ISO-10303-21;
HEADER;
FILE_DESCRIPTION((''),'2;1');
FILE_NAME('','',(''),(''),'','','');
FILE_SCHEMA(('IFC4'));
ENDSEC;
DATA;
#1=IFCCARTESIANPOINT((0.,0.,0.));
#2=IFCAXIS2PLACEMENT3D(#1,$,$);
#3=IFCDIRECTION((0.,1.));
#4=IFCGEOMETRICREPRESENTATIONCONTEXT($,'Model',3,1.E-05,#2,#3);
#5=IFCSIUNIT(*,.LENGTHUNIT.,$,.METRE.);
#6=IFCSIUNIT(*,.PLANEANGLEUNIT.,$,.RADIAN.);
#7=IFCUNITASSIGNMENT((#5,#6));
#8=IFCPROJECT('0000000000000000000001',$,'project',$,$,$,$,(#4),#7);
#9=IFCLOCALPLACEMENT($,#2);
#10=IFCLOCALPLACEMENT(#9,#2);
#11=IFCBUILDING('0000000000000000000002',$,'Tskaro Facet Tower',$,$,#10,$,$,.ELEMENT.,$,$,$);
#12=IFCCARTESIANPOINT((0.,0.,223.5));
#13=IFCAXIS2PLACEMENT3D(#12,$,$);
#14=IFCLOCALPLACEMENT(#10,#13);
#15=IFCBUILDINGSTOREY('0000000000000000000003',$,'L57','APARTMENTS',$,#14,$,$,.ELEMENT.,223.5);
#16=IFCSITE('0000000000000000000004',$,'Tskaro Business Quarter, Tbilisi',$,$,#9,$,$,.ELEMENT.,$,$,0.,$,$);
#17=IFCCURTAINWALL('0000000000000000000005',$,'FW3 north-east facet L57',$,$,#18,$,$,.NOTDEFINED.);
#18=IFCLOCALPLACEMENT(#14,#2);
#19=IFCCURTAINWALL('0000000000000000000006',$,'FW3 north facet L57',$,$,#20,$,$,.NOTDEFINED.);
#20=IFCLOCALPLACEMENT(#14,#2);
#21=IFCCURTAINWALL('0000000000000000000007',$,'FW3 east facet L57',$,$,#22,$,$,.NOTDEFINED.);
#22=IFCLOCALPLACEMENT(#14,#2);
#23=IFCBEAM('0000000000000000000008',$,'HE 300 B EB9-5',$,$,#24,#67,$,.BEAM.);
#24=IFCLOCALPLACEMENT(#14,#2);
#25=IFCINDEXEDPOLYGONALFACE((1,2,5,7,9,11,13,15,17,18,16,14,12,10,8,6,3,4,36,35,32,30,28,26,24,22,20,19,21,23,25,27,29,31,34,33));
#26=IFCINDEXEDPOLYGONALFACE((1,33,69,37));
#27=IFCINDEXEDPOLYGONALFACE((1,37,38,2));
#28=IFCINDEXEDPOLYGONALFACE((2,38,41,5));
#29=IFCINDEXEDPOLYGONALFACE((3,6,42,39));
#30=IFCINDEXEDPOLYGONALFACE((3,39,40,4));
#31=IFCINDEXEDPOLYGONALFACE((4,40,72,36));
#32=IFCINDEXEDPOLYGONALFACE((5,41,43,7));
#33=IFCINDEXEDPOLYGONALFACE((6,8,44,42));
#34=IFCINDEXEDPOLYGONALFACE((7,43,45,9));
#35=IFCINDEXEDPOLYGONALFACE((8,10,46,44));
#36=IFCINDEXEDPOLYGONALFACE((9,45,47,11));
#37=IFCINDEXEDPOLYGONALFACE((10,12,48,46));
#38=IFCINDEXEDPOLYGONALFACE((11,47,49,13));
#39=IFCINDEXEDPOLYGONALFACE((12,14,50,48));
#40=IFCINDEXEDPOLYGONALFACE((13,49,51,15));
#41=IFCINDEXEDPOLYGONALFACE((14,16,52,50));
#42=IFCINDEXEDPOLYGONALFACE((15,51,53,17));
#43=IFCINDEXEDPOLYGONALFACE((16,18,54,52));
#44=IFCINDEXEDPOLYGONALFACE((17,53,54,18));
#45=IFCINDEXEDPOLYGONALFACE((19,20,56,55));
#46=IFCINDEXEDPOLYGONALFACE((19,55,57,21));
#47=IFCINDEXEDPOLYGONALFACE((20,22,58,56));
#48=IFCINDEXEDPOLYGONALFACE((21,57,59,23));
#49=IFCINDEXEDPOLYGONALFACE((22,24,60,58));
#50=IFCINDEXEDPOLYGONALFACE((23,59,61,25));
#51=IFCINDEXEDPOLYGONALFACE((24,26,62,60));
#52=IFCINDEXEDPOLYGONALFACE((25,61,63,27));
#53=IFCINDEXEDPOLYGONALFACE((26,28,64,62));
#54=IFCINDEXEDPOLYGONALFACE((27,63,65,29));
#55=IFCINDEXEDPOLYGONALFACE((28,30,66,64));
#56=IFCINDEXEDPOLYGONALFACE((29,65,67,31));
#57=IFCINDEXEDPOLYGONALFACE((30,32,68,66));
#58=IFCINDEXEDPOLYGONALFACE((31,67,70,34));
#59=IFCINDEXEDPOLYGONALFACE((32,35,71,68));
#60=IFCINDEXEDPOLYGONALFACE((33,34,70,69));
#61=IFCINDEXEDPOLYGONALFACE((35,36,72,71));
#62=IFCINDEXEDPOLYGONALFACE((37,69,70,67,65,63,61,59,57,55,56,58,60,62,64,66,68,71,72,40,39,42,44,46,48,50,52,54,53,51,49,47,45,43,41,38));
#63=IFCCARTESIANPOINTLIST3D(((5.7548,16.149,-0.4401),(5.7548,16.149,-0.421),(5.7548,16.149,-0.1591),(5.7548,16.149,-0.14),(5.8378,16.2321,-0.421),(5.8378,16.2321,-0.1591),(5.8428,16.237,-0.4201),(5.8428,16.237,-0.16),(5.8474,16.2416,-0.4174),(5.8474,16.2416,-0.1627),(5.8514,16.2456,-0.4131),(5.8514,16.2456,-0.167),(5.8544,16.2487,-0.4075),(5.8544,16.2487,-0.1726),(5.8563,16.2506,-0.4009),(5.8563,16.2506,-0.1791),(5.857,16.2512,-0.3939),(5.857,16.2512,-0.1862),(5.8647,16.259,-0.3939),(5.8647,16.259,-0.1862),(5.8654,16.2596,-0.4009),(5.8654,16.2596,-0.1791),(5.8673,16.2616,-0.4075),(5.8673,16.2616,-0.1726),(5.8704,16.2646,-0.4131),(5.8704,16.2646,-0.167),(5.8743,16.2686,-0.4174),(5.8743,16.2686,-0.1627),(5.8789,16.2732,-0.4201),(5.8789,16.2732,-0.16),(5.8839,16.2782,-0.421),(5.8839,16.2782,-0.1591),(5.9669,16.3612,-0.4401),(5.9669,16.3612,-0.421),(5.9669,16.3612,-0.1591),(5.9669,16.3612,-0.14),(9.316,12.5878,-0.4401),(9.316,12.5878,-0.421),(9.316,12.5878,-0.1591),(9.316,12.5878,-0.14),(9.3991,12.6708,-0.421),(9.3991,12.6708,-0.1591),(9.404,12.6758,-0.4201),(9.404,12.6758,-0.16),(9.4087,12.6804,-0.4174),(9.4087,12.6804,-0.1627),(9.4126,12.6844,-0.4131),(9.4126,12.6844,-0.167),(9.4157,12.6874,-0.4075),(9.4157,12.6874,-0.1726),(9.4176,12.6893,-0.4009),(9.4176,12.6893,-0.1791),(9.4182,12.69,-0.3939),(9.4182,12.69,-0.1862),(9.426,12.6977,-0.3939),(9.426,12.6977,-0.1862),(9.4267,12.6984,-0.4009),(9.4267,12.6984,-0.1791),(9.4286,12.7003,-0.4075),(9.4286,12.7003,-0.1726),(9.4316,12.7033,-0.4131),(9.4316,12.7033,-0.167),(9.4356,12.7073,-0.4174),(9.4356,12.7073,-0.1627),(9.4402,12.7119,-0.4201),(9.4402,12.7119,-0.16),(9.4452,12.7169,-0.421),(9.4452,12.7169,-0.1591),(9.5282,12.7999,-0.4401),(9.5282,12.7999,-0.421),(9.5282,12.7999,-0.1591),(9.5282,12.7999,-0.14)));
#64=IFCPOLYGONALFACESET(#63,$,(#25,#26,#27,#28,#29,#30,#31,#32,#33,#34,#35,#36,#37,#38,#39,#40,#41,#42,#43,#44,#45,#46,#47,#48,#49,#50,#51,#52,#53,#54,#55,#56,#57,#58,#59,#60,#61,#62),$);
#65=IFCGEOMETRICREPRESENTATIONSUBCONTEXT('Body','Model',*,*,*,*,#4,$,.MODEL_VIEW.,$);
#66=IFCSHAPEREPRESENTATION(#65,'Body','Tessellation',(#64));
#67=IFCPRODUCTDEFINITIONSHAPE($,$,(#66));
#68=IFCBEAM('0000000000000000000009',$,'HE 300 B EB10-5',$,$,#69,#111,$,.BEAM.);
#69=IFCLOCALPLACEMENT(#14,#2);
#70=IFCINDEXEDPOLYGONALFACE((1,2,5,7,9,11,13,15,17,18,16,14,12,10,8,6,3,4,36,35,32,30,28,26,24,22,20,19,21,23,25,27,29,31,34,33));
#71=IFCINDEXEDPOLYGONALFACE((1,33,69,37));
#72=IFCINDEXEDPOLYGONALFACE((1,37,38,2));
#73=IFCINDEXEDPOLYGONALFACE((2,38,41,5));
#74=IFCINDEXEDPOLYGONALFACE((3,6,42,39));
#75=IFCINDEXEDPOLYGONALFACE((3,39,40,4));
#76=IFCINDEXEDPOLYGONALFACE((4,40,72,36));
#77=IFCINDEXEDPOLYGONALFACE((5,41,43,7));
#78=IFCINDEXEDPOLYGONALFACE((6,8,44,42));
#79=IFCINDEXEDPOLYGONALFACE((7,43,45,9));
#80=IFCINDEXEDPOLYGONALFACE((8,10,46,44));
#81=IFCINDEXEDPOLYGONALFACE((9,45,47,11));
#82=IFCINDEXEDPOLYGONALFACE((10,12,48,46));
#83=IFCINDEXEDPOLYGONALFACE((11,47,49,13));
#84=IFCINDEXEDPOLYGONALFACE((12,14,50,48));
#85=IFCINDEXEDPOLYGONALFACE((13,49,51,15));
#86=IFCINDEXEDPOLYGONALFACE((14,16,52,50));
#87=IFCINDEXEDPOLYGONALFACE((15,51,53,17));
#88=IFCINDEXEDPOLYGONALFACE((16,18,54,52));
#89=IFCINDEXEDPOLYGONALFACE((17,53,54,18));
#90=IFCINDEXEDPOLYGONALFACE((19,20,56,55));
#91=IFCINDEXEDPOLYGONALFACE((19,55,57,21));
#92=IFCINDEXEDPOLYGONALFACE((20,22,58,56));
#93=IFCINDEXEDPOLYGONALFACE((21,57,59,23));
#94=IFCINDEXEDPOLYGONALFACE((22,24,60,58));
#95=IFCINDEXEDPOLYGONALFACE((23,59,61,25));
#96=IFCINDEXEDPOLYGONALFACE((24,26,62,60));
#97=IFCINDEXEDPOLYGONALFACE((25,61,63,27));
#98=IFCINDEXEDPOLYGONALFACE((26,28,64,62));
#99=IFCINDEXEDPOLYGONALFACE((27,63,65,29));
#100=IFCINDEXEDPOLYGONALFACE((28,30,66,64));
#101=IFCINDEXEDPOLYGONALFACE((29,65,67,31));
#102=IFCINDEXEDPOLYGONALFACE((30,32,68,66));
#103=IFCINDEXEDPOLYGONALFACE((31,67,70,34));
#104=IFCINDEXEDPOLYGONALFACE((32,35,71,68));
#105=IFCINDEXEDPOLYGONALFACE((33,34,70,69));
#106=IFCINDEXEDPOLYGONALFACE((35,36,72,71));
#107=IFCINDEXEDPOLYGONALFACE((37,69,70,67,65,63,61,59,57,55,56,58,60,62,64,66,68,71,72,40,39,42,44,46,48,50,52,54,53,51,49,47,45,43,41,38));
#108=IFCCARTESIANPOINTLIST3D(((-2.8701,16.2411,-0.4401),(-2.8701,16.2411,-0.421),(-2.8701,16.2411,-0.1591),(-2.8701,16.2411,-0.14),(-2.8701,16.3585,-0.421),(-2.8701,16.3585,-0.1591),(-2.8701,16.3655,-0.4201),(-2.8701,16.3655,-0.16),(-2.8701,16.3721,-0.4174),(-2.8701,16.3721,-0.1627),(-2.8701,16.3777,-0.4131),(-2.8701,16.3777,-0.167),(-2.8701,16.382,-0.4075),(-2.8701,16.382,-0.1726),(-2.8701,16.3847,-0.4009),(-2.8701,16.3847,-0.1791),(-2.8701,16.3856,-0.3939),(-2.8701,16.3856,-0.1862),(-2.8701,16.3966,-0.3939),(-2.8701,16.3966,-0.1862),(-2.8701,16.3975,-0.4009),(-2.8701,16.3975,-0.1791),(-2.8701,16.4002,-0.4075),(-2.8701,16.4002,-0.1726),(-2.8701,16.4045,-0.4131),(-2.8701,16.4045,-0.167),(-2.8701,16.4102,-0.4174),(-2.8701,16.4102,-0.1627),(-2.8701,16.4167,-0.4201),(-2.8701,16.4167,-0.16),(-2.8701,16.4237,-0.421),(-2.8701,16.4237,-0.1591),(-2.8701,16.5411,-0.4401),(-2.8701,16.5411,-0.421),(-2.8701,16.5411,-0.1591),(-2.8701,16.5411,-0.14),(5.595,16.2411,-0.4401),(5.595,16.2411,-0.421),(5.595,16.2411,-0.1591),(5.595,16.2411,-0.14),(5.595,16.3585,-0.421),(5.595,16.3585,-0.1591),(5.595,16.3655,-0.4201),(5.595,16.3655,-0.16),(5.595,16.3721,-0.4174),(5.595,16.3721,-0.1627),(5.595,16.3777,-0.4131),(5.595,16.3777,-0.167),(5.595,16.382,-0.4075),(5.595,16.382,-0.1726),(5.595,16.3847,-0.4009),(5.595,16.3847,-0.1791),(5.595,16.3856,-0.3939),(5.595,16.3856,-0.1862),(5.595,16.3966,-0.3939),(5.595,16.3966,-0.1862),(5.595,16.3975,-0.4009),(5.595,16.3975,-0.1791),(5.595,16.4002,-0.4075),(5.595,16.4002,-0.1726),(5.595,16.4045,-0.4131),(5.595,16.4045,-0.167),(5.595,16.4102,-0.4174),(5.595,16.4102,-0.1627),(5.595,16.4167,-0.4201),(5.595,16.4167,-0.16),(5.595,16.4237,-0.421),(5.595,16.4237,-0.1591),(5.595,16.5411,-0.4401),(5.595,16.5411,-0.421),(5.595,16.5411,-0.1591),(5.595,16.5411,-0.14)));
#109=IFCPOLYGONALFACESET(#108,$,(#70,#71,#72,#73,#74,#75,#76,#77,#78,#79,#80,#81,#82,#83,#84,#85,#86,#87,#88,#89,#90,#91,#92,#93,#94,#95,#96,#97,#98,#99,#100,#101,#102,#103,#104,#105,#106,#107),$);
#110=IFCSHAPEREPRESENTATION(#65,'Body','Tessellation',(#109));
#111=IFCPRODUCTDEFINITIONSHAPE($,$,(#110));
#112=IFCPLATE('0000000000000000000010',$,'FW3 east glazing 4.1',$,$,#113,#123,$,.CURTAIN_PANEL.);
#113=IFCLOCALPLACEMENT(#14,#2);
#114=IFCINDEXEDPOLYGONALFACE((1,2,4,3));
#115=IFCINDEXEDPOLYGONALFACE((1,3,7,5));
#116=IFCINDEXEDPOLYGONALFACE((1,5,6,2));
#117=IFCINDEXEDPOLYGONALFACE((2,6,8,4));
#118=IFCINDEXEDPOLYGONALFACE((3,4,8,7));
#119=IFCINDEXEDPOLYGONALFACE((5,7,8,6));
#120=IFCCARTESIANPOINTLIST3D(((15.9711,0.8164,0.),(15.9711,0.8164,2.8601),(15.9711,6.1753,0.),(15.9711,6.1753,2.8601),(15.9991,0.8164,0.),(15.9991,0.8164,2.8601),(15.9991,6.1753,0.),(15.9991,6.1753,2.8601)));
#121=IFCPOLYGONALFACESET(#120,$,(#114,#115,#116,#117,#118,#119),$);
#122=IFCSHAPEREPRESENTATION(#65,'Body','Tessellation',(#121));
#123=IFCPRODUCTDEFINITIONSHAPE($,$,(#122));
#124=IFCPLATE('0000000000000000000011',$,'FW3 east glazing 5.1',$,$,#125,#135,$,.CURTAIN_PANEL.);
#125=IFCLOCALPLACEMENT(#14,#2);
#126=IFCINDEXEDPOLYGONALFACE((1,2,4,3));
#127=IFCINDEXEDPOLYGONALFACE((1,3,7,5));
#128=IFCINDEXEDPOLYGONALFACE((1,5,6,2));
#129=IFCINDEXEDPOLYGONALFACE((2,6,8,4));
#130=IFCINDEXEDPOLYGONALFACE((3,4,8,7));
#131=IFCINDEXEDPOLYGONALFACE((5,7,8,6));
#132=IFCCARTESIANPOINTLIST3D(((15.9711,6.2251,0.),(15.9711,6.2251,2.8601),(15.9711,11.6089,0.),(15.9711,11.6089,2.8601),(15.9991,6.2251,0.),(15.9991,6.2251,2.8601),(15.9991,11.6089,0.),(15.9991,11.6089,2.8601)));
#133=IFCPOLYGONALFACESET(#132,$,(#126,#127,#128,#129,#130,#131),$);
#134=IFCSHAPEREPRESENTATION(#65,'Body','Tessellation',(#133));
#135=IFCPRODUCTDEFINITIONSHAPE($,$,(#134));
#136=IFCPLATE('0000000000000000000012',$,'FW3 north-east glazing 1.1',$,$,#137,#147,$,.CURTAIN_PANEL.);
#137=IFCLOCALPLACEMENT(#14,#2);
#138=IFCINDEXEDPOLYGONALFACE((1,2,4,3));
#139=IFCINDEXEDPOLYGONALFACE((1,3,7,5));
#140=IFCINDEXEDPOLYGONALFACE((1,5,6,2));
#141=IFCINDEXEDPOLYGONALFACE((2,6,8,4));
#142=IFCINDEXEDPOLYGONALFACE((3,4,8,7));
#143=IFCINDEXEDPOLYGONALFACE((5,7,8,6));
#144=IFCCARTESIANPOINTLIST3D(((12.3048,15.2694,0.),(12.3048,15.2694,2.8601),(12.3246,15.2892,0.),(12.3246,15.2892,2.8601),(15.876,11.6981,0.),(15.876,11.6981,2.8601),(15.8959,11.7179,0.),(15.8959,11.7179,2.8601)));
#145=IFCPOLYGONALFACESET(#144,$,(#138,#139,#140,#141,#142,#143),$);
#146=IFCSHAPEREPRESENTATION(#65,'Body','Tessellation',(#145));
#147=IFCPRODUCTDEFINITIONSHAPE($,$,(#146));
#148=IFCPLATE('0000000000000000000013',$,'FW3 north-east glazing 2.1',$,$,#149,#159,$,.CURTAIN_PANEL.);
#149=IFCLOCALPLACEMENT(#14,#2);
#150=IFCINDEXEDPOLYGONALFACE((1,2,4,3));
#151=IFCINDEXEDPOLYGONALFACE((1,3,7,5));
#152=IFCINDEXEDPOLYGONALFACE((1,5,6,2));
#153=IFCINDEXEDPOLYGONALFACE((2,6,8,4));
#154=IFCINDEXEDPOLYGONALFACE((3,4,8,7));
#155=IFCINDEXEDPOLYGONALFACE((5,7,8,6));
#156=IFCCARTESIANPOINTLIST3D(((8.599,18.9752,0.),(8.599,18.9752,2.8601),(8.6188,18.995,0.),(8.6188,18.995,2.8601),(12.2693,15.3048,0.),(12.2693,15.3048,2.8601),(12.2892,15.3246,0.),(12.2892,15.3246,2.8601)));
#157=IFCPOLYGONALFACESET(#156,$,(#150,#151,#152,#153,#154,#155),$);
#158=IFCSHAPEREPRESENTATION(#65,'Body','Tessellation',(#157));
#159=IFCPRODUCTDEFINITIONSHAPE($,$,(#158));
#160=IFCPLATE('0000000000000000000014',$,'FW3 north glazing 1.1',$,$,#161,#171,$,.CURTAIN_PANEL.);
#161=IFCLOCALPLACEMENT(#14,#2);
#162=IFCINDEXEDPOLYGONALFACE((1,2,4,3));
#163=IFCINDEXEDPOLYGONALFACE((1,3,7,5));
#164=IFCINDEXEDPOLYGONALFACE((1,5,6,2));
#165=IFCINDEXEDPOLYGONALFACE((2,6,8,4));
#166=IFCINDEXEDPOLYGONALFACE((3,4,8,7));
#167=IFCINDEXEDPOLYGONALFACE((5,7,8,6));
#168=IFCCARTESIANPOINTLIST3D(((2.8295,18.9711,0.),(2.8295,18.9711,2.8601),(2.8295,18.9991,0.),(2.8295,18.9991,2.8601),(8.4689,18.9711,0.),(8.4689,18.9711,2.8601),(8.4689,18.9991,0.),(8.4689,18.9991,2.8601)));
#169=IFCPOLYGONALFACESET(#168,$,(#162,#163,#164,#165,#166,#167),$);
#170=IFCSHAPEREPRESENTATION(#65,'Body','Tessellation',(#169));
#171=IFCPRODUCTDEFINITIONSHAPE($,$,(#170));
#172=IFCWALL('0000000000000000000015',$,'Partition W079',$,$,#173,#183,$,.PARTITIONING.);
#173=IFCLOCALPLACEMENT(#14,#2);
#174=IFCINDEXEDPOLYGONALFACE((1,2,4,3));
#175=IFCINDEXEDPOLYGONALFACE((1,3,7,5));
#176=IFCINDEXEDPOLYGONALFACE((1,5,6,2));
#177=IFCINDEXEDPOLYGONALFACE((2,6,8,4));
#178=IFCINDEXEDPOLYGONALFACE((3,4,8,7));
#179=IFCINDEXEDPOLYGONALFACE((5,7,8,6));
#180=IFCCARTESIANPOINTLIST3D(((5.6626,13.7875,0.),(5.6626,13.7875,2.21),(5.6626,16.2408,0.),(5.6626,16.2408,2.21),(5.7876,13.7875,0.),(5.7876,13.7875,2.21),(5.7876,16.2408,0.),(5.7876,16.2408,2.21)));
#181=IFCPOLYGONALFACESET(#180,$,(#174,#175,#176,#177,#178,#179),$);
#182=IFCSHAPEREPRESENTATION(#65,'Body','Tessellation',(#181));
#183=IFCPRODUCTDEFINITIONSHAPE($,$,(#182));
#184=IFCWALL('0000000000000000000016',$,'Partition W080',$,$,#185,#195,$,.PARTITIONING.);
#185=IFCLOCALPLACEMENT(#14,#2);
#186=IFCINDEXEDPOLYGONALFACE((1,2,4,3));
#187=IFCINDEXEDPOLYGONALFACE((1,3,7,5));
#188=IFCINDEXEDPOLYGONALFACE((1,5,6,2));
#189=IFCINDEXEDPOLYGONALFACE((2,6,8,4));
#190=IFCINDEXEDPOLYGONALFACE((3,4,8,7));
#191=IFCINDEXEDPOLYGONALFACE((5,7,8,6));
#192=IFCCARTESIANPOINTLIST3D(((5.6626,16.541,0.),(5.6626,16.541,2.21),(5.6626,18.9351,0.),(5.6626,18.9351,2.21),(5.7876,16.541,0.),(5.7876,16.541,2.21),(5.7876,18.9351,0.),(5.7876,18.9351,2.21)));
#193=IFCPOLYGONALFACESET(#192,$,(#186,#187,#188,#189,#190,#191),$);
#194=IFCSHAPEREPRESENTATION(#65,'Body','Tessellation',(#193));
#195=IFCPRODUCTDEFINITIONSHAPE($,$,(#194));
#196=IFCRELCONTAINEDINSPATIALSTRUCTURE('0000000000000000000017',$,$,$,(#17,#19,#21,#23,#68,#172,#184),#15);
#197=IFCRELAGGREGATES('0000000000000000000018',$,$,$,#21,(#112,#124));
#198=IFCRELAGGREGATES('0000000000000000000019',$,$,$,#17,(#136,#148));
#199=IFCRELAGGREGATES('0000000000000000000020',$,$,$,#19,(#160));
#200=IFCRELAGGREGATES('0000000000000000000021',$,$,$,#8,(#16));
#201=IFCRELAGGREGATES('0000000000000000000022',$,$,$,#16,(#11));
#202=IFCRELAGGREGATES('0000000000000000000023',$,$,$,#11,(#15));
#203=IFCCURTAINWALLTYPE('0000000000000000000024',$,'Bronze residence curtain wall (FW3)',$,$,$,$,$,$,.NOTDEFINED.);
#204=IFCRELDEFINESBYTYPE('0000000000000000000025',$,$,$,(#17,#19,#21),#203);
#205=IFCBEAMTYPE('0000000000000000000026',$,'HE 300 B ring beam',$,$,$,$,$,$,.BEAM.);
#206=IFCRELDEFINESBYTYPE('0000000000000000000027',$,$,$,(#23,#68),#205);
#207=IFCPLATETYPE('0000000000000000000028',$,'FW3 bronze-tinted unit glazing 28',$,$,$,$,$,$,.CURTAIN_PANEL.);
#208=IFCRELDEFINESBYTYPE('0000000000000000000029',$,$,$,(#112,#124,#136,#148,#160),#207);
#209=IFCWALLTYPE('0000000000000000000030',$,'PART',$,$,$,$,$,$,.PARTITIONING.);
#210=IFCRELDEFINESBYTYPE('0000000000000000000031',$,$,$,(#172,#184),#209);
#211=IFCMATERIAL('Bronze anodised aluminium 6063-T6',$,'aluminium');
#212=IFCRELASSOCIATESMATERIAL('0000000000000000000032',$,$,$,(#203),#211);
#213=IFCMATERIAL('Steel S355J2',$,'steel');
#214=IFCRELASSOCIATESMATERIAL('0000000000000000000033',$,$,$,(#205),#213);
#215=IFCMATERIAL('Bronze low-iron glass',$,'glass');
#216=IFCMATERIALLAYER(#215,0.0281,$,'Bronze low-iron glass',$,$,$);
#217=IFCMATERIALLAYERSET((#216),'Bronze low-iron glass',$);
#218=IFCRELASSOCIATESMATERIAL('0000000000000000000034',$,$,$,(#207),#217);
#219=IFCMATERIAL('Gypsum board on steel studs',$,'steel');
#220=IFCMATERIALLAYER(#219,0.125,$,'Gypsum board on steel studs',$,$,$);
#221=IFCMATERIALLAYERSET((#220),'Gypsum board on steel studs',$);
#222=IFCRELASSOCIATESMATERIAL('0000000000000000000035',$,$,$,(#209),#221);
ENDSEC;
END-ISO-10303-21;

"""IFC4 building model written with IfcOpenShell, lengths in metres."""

from ifc_helpers import new_model, si_unit, direction, frame, frame_2d, origin, origin_2d, place, context, subcontext, project, spatial, rectangle, i_section, extrude, material, layer, layer_set, material_profile, profile_set, type_object, element, aggregate, save


model = new_model("IFC4")

# Units and contexts
model_context = context("Model", 3, precision=1e-05, world=origin(), true_north=direction((0.0, 1.0)))
body_context = subcontext(model_context, "Body", "Model", "MODEL_VIEW")
ifc_project = project(units=[si_unit("LENGTHUNIT", "METRE"), si_unit("PLANEANGLEUNIT", "RADIAN")], contexts=[model_context])

# Site, building, storey
site_placement = place(None, origin())
site = spatial("IfcSite", under=ifc_project, at=site_placement, Name="Tskaro Business Quarter, Tbilisi", CompositionType="ELEMENT", RefElevation=0.0)
building_placement = place(site_placement, origin())
building = spatial("IfcBuilding", under=site, at=building_placement, Name="Tskaro Facet Tower", CompositionType="ELEMENT")
storey_placement = place(building_placement, frame((0.0, 0.0, 223.5)))
storey = spatial("IfcBuildingStorey", under=building, at=storey_placement, Name="L57", Description="APARTMENTS", CompositionType="ELEMENT", Elevation=223.5)

# Shared definitions
ifc_material_1 = material(Name="Steel S355J2", Category="steel")

# Curtain walls
ifc_material_2 = material(Name="Bronze anodised aluminium 6063-T6", Category="aluminium")
curtain_wall_type = type_object("IfcCurtainWallType", Name="Bronze residence curtain wall (FW3)", PredefinedType="NOTDEFINED", material=ifc_material_2)
curtain_wall_1_placement = place(storey_placement, origin())
curtain_wall_1 = element("IfcCurtainWall", 1, at=curtain_wall_1_placement, inside=storey, type_object=curtain_wall_type, Name="FW3 north-east facet L57", PredefinedType="NOTDEFINED")
curtain_wall_2_placement = place(storey_placement, origin())
curtain_wall_2 = element("IfcCurtainWall", 2, at=curtain_wall_2_placement, inside=storey, type_object=curtain_wall_type, Name="FW3 north facet L57", PredefinedType="NOTDEFINED")

# Curtain wall
curtain_wall_3_placement = place(storey_placement, origin())
curtain_wall_3 = element("IfcCurtainWall", 3, at=curtain_wall_3_placement, inside=storey, type_object=curtain_wall_type, Name="FW3 east facet L57", PredefinedType="NOTDEFINED")

# Beams
ifc_material_profile_1 = material_profile(ifc_material_1, i_section(OverallWidth=0.3, OverallDepth=0.3, WebThickness=0.011, FlangeThickness=0.019, FilletRadius=0.0271, at=origin_2d()), Name="HE 300 B")
ifc_profile_set_1 = profile_set([ifc_material_profile_1], Name="Steel S355J2")
beam_type = type_object("IfcBeamType", Name="HE 300 B ring beam", PredefinedType="BEAM", material=ifc_profile_set_1)
for number, where, z_axis, x_axis, name in (
    (4, (9.4221, 12.6938, -0.29), (-0.707107, 0.707107, 0.0), (-0.707107, -0.707107, 0.0), "HE 300 B EB9-5"),
):
    element("IfcBeam", number, at=place(storey_placement, frame(where, z_axis=z_axis, x_axis=x_axis)), inside=storey, type_object=beam_type, Name=name, PredefinedType="BEAM", context=body_context, shape_type="SweptSolid", body=[
        extrude(i_section(OverallWidth=0.3, OverallDepth=0.3, WebThickness=0.011, FlangeThickness=0.019, FilletRadius=0.0271, at=origin_2d()), origin(), (0.0, 0.0, 1.0), 5.0364),
    ])
beam_1_placement = place(storey_placement, frame((5.595, 16.3911, -0.29), z_axis=(-1.0, 0.0, 0.0), x_axis=(0.0, -1.0, 0.0)))
element("IfcBeam", 5, at=beam_1_placement, inside=storey, type_object=beam_type, Name="HE 300 B EB10-5", PredefinedType="BEAM", context=body_context, shape_type="SweptSolid", body=[
    extrude(i_section(OverallWidth=0.3, OverallDepth=0.3, WebThickness=0.011, FlangeThickness=0.019, FilletRadius=0.0271, at=origin_2d()), origin(), (0.0, 0.0, 1.0), 8.4651),
])

# Plates
ifc_material_3 = material(Name="Bronze low-iron glass", Category="glass")
ifc_layer_1 = layer(ifc_material_3, 0.0281, Name="Bronze low-iron glass")
ifc_layer_set_1 = layer_set([ifc_layer_1], Name="Bronze low-iron glass")
plate_type = type_object("IfcPlateType", Name="FW3 bronze-tinted unit glazing 28", PredefinedType="CURTAIN_PANEL", material=ifc_layer_set_1)
plate_1_placement = place(storey_placement, frame((15.9851, 3.4958, 0.0), z_axis=(0.0, 0.0, 1.0), x_axis=(0.0, 1.0, 0.0)))
plate_1 = element("IfcPlate", 6, at=plate_1_placement, type_object=plate_type, Name="FW3 east glazing 4.1", PredefinedType="CURTAIN_PANEL", context=body_context, shape_type="SweptSolid", body=[
    extrude(rectangle(XDim=5.3589, YDim=0.0281, at=origin_2d()), origin(), (0.0, 0.0, 1.0), 2.8601),
])
plate_2_placement = place(storey_placement, frame((15.9851, 8.917, 0.0), z_axis=(0.0, 0.0, 1.0), x_axis=(0.0, 1.0, 0.0)))
plate_2 = element("IfcPlate", 7, at=plate_2_placement, type_object=plate_type, Name="FW3 east glazing 5.1", PredefinedType="CURTAIN_PANEL", context=body_context, shape_type="SweptSolid", body=[
    extrude(rectangle(XDim=5.3838, YDim=0.0281, at=origin_2d()), origin(), (0.0, 0.0, 1.0), 2.8601),
])
aggregate(curtain_wall_3, [plate_1, plate_2])
plate_3_placement = place(storey_placement, frame((14.1003, 13.4937, 0.0), z_axis=(0.0, 0.0, 1.0), x_axis=(-0.707107, 0.707107, 0.0)))
plate_3 = element("IfcPlate", 8, at=plate_3_placement, type_object=plate_type, Name="FW3 north-east glazing 1.1", PredefinedType="CURTAIN_PANEL", context=body_context, shape_type="SweptSolid", body=[
    extrude(rectangle(XDim=5.0505, YDim=0.0281, at=origin_2d()), origin(), (0.0, 0.0, 1.0), 2.8601),
])
plate_4_placement = place(storey_placement, frame((10.4441, 17.1499, 0.0), z_axis=(0.0, 0.0, 1.0), x_axis=(-0.707107, 0.707107, 0.0)))
plate_4 = element("IfcPlate", 9, at=plate_4_placement, type_object=plate_type, Name="FW3 north-east glazing 2.1", PredefinedType="CURTAIN_PANEL", context=body_context, shape_type="SweptSolid", body=[
    extrude(rectangle(XDim=5.1907, YDim=0.0281, at=origin_2d()), origin(), (0.0, 0.0, 1.0), 2.8601),
])
aggregate(curtain_wall_1, [plate_3, plate_4])
plate_5_placement = place(storey_placement, frame((5.6492, 18.9851, 0.0), z_axis=(0.0, 0.0, 1.0), x_axis=(-1.0, 0.0, 0.0)))
plate_5 = element("IfcPlate", 10, at=plate_5_placement, type_object=plate_type, Name="FW3 north glazing 1.1", PredefinedType="CURTAIN_PANEL", context=body_context, shape_type="SweptSolid", body=[
    extrude(rectangle(XDim=5.6394, YDim=0.0281, at=origin_2d()), origin(), (0.0, 0.0, 1.0), 2.8601),
])
aggregate(curtain_wall_2, [plate_5])

# Walls
ifc_material_4 = material(Name="Gypsum board on steel studs", Category="steel")
ifc_layer_2 = layer(ifc_material_4, 0.125, Name="Gypsum board on steel studs")
ifc_layer_set_2 = layer_set([ifc_layer_2], Name="Gypsum board on steel studs")
wall_type_1 = type_object("IfcWallType", Name="PART", PredefinedType="PARTITIONING", material=ifc_layer_set_2)
wall_1_placement = place(storey_placement, frame((5.7251, 13.7876, 0.0), z_axis=(0.0, 0.0, 1.0), x_axis=(0.0, 1.0, 0.0)))
element("IfcWall", 11, at=wall_1_placement, inside=storey, type_object=wall_type_1, Name="Partition W079", PredefinedType="PARTITIONING", context=body_context, shape_type="SweptSolid", body=[
    extrude(rectangle(XDim=2.4534, YDim=0.125, at=frame_2d((1.2266, 0.0))), origin(), (0.0, 0.0, 1.0), 2.21),
])
wall_2_placement = place(storey_placement, frame((5.7251, 16.541, 0.0), z_axis=(0.0, 0.0, 1.0), x_axis=(0.0, 1.0, 0.0)))
element("IfcWall", 12, at=wall_2_placement, inside=storey, type_object=wall_type_1, Name="Partition W080", PredefinedType="PARTITIONING", context=body_context, shape_type="SweptSolid", body=[
    extrude(rectangle(XDim=2.394, YDim=0.125, at=frame_2d((1.197, 0.0))), origin(), (0.0, 0.0, 1.0), 2.21),
])

save(model, "model.ifc")
